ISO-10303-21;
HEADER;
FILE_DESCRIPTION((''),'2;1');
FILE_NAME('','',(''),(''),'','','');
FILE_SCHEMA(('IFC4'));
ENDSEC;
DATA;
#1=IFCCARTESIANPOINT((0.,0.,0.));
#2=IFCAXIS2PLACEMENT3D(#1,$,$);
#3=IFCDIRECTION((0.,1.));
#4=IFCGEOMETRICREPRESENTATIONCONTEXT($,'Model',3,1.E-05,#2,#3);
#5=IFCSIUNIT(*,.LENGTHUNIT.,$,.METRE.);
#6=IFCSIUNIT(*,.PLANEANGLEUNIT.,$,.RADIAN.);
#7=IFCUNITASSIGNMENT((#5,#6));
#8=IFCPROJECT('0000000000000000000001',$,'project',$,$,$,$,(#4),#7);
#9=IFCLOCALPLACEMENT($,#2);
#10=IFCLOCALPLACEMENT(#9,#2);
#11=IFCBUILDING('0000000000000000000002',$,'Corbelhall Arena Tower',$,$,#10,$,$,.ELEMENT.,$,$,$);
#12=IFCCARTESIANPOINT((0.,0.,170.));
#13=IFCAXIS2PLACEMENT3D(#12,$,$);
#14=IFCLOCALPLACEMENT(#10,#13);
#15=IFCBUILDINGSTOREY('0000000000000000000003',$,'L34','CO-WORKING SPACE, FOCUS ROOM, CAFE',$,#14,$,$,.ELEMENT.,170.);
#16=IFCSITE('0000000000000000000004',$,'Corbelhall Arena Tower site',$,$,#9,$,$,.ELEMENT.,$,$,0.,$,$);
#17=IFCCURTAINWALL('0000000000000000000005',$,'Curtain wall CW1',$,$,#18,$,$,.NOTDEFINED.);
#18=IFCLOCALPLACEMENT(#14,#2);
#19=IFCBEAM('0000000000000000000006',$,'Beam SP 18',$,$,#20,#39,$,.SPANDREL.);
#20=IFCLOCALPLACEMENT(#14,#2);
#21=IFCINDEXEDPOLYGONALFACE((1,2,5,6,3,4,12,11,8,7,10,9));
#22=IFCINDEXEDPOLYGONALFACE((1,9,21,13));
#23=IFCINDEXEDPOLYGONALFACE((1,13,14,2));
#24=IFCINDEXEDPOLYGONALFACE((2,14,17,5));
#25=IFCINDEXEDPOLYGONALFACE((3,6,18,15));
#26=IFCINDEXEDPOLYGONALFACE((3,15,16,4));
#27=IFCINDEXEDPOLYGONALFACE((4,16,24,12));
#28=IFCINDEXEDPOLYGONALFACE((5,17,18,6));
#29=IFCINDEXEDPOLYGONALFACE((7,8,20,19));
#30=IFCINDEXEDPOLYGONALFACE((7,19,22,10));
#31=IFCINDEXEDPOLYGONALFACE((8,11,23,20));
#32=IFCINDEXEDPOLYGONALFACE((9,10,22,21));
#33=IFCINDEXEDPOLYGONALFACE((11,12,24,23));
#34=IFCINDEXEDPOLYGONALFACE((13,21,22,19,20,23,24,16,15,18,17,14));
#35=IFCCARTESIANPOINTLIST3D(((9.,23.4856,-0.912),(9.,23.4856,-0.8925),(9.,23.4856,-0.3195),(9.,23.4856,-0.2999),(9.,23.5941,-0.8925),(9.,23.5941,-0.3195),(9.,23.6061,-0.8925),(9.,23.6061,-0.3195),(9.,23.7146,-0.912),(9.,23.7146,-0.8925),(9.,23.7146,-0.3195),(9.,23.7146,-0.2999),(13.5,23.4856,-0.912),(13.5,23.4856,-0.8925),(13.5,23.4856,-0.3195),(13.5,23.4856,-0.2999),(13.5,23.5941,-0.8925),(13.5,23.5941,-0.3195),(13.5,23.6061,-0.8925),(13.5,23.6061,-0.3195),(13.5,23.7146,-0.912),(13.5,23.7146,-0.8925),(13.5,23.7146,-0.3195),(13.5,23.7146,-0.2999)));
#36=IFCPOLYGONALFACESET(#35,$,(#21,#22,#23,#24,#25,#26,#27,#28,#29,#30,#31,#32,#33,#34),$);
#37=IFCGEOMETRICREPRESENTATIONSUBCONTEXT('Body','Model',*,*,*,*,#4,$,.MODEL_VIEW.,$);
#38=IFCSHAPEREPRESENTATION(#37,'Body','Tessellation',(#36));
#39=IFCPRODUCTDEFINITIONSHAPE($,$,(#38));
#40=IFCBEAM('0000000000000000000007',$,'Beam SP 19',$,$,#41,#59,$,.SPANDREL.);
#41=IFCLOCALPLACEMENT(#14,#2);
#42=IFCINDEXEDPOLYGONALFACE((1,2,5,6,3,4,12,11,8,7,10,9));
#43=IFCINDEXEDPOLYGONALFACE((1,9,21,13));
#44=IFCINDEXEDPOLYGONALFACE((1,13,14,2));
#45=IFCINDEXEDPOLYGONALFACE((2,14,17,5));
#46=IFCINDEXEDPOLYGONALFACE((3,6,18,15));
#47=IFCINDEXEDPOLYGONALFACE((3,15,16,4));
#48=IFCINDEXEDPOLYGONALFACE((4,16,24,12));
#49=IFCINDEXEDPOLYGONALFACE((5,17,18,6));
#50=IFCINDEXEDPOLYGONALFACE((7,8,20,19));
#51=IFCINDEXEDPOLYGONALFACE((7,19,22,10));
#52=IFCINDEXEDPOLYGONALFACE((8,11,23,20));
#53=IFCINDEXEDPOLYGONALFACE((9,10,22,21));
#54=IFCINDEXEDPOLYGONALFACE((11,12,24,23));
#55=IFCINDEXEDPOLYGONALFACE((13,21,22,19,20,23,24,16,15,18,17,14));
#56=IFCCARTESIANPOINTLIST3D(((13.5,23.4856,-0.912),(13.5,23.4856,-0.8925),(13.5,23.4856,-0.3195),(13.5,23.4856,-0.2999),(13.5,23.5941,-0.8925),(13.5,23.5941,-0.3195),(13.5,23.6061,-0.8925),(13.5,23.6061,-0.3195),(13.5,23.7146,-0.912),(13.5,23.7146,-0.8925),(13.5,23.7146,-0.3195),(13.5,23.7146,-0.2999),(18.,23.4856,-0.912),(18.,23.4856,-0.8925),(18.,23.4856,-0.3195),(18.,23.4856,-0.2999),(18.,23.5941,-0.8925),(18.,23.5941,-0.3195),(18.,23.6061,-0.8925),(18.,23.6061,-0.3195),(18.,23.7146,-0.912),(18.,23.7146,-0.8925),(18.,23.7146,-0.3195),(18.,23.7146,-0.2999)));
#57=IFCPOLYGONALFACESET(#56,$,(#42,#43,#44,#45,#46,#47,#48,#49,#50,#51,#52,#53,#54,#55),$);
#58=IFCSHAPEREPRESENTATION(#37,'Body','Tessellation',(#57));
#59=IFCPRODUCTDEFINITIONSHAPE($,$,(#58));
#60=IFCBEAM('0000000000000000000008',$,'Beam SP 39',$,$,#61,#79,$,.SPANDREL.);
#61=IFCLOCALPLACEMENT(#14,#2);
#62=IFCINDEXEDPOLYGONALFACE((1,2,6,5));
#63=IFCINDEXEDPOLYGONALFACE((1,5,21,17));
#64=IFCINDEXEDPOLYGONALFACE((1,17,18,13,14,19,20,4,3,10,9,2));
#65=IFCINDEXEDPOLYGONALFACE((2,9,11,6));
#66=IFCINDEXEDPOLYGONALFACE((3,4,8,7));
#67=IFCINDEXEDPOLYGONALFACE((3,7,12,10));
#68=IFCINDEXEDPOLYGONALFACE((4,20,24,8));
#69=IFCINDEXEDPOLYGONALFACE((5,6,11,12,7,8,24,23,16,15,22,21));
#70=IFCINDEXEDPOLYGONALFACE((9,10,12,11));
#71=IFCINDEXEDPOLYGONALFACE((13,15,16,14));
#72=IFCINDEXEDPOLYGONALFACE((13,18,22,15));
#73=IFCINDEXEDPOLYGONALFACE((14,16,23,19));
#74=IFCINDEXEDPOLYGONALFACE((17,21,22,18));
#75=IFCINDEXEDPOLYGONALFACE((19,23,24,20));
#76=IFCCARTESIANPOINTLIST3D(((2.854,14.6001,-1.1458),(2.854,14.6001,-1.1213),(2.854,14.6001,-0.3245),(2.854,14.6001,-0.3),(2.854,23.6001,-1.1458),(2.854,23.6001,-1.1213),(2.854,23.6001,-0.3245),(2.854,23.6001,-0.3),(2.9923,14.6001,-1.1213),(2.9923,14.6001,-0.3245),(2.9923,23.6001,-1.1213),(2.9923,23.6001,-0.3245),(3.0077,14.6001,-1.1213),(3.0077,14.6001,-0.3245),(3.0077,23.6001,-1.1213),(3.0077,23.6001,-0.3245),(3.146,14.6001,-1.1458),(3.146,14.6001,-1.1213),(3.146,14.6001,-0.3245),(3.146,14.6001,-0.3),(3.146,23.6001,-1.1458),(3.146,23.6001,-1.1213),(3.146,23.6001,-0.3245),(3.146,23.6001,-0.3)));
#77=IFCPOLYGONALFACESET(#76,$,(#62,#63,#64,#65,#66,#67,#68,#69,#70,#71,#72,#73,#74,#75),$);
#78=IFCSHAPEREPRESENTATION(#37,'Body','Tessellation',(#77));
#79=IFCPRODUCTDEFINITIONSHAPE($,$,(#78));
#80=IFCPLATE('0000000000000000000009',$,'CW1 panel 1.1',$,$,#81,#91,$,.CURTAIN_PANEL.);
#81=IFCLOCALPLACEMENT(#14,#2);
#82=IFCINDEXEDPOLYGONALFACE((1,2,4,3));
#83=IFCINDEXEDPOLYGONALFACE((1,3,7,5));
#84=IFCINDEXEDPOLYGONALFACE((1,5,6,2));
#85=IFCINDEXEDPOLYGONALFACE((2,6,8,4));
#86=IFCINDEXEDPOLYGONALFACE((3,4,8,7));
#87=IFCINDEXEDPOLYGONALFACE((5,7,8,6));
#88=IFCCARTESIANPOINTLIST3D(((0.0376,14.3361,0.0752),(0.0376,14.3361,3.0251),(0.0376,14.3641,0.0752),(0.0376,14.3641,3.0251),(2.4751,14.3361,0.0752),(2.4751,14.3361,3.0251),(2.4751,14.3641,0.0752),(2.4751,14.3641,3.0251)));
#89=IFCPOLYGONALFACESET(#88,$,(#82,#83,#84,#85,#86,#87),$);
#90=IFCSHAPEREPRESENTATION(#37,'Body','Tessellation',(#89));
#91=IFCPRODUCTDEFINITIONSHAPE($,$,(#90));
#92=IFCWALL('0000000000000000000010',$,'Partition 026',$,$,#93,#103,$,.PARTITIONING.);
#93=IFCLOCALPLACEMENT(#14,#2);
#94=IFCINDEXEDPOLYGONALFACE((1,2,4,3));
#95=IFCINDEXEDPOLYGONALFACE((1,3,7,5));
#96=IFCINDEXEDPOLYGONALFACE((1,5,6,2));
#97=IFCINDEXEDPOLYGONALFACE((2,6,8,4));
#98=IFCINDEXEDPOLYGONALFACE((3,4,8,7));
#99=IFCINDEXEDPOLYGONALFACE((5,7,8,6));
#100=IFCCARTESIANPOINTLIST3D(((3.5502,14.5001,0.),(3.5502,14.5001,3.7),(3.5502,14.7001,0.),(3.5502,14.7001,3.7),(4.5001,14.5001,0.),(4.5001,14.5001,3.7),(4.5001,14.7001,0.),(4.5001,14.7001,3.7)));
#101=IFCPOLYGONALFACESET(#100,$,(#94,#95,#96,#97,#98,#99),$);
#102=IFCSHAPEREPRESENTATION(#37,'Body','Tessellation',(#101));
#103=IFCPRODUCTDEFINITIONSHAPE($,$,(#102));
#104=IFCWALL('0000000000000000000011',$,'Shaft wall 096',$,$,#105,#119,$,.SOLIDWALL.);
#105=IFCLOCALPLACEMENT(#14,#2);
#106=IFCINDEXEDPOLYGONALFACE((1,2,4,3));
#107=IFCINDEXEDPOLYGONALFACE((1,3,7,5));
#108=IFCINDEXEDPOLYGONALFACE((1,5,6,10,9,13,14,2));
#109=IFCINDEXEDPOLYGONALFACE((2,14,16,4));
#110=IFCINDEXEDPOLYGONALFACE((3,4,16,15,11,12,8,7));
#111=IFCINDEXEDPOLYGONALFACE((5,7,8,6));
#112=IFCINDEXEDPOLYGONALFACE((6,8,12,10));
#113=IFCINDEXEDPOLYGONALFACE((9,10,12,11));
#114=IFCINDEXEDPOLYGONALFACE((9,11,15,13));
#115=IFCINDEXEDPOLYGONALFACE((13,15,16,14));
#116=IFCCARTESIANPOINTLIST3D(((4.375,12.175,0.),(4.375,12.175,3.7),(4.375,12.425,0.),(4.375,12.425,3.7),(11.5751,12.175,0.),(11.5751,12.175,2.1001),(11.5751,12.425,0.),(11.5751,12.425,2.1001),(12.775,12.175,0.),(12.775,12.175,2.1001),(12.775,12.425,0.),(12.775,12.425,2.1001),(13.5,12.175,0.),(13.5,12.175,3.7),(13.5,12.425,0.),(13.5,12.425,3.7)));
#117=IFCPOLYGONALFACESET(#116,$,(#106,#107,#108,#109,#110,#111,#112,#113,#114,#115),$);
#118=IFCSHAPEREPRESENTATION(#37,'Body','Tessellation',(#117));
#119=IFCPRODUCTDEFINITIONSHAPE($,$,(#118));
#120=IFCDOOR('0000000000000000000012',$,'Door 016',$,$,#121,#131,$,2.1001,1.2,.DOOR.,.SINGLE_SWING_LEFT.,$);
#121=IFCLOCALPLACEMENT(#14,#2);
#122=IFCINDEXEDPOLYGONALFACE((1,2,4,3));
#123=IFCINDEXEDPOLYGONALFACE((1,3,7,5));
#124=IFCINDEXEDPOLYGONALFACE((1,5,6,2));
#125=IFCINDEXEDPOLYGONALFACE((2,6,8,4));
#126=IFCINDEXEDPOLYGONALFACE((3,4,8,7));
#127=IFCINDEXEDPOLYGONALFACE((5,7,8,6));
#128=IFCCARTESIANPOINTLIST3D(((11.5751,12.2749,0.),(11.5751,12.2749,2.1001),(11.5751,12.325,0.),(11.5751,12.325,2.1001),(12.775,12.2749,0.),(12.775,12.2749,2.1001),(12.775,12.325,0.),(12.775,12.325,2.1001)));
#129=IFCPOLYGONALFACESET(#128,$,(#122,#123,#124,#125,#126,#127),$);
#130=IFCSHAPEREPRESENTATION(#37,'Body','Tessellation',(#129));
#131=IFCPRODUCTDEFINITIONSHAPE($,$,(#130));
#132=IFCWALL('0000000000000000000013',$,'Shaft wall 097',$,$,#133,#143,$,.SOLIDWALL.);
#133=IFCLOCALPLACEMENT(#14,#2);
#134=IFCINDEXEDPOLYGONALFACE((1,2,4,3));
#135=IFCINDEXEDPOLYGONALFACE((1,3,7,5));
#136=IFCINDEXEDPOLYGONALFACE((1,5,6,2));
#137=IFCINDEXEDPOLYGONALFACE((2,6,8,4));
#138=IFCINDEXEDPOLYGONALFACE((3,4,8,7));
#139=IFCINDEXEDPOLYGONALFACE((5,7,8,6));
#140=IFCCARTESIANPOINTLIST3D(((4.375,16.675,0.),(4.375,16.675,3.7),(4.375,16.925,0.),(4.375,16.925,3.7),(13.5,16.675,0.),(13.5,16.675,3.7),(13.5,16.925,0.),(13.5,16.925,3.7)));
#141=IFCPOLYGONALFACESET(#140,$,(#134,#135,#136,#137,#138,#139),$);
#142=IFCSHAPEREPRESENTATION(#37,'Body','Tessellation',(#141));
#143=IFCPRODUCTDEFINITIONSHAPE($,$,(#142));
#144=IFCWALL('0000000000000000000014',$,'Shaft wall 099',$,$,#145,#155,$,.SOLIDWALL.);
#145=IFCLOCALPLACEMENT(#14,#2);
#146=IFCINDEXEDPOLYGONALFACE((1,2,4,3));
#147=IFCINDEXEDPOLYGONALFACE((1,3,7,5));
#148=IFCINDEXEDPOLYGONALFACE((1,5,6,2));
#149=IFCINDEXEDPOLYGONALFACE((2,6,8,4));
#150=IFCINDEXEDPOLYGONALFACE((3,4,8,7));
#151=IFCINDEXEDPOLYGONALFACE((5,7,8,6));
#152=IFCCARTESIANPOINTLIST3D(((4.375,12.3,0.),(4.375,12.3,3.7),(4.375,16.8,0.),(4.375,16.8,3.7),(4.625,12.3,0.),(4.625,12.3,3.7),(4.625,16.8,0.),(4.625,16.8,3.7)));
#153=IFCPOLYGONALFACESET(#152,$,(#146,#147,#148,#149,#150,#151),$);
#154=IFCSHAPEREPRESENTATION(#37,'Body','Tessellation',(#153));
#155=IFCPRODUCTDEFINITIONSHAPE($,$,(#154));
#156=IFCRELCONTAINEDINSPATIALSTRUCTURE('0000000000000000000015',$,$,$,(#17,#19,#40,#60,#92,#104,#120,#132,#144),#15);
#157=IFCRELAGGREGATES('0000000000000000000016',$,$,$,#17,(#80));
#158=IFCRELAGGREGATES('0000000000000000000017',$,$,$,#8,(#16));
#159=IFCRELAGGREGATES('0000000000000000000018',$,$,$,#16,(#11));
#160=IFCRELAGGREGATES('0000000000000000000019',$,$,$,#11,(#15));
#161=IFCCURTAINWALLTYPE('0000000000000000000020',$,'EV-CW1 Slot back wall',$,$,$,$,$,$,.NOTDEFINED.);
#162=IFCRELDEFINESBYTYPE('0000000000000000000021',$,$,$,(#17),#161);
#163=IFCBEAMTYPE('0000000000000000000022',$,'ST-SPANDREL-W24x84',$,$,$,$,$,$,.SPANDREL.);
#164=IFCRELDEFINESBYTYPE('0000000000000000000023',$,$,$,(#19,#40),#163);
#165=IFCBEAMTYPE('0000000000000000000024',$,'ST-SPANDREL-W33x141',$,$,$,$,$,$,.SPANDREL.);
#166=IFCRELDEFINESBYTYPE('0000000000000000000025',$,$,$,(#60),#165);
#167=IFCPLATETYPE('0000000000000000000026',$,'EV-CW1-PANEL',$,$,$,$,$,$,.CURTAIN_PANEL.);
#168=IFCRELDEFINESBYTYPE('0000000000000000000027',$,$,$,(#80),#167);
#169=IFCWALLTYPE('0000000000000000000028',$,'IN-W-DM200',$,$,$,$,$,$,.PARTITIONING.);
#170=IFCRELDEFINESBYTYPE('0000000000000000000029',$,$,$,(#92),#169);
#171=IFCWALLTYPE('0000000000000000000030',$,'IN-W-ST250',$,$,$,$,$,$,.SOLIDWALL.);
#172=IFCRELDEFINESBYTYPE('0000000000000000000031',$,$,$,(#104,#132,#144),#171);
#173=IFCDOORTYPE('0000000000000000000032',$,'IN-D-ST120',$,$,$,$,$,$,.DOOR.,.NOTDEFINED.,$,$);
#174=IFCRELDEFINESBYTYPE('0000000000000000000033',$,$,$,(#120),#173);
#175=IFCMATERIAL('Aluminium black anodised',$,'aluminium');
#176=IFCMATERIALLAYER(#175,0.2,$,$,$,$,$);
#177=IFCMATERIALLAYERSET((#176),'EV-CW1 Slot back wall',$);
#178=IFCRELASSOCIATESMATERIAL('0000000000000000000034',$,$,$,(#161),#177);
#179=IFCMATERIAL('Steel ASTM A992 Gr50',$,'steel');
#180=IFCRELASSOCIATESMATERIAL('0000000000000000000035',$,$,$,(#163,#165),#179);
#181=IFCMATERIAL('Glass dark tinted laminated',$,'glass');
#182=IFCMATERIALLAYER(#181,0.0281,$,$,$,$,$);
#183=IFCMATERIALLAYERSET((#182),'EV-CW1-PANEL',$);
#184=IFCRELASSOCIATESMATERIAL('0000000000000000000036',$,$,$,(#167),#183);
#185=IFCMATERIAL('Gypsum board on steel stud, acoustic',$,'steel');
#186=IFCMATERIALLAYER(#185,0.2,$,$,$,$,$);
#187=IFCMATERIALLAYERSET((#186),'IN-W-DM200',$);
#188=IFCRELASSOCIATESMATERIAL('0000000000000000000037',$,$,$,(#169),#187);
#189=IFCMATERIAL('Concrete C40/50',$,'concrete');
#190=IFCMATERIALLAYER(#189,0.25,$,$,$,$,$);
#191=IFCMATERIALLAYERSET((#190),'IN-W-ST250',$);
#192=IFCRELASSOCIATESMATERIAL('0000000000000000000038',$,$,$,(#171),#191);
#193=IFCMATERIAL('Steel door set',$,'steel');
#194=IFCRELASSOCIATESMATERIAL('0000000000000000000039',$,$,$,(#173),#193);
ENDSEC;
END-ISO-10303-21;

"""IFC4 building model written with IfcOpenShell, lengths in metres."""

from ifc_helpers import new_model, si_unit, direction, frame, frame_2d, origin, origin_2d, place, context, subcontext, project, spatial, rectangle, i_section, extrude, material, layer, layer_set, material_profile, profile_set, type_object, element, fill, aggregate, save


model = new_model("IFC4")

# Units and contexts
model_context = context("Model", 3, precision=1e-05, world=origin(), true_north=direction((0.0, 1.0)))
body_context = subcontext(model_context, "Body", "Model", "MODEL_VIEW")
ifc_project = project(units=[si_unit("LENGTHUNIT", "METRE"), si_unit("PLANEANGLEUNIT", "RADIAN")], contexts=[model_context])

# Site, building, storey
site_placement = place(None, origin())
site = spatial("IfcSite", under=ifc_project, at=site_placement, Name="Corbelhall Arena Tower site", CompositionType="ELEMENT", RefElevation=0.0)
building_placement = place(site_placement, origin())
building = spatial("IfcBuilding", under=site, at=building_placement, Name="Corbelhall Arena Tower", CompositionType="ELEMENT")
storey_placement = place(building_placement, frame((0.0, 0.0, 170.0)))
storey = spatial("IfcBuildingStorey", under=building, at=storey_placement, Name="L34", Description="CO-WORKING SPACE, FOCUS ROOM, CAFE", CompositionType="ELEMENT", Elevation=170.0)

# Curtain wall
ifc_material_1 = material(Name="Aluminium black anodised", Category="aluminium")
ifc_layer_1 = layer(ifc_material_1, 0.2)
ifc_layer_set_1 = layer_set([ifc_layer_1], Name="EV-CW1 Slot back wall")
curtain_wall_type = type_object("IfcCurtainWallType", Name="EV-CW1 Slot back wall", PredefinedType="NOTDEFINED", material=ifc_layer_set_1)
curtain_wall_placement = place(storey_placement, origin())
curtain_wall = element("IfcCurtainWall", 1, at=curtain_wall_placement, inside=storey, type_object=curtain_wall_type, Name="Curtain wall CW1", PredefinedType="NOTDEFINED")

# Beams
ifc_material_2 = material(Name="Steel ASTM A992 Gr50", Category="steel")
ifc_material_profile_1 = material_profile(ifc_material_2, i_section(OverallWidth=0.229, OverallDepth=0.6121, WebThickness=0.012, FlangeThickness=0.0195, at=origin_2d()))
ifc_profile_set_1 = profile_set([ifc_material_profile_1], Name="Steel ASTM A992 Gr50")
beam_type_1 = type_object("IfcBeamType", Name="ST-SPANDREL-W24x84", PredefinedType="SPANDREL", material=ifc_profile_set_1)
for number, where, z_axis, x_axis, name in (
    (2, (9.0, 23.6001, -0.606), (1.0, 0.0, 0.0), (0.0, 1.0, 0.0), "Beam SP 18"),
    (3, (13.5, 23.6001, -0.606), (1.0, 0.0, 0.0), (0.0, 1.0, 0.0), "Beam SP 19"),
):
    element("IfcBeam", number, at=place(storey_placement, frame(where, z_axis=z_axis, x_axis=x_axis)), inside=storey, type_object=beam_type_1, Name=name, PredefinedType="SPANDREL", context=body_context, shape_type="SweptSolid", body=[
        extrude(i_section(OverallWidth=0.229, OverallDepth=0.6121, WebThickness=0.012, FlangeThickness=0.0195, at=origin_2d()), origin(), (0.0, 0.0, 1.0), 4.5),
    ])
ifc_material_profile_2 = material_profile(ifc_material_2, i_section(OverallWidth=0.292, OverallDepth=0.8457, WebThickness=0.0154, FlangeThickness=0.0244, at=origin_2d()))
ifc_profile_set_2 = profile_set([ifc_material_profile_2], Name="Steel ASTM A992 Gr50")
beam_type_2 = type_object("IfcBeamType", Name="ST-SPANDREL-W33x141", PredefinedType="SPANDREL", material=ifc_profile_set_2)
beam_1_placement = place(storey_placement, frame((3.0, 14.6001, -0.7229), z_axis=(0.0, 1.0, 0.0), x_axis=(-1.0, 0.0, 0.0)))
element("IfcBeam", 4, at=beam_1_placement, inside=storey, type_object=beam_type_2, Name="Beam SP 39", PredefinedType="SPANDREL", context=body_context, shape_type="SweptSolid", body=[
    extrude(i_section(OverallWidth=0.292, OverallDepth=0.8457, WebThickness=0.0154, FlangeThickness=0.0244, at=origin_2d()), origin(), (0.0, 0.0, 1.0), 9.0),
])

# Plate
ifc_material_3 = material(Name="Glass dark tinted laminated", Category="glass")
ifc_layer_2 = layer(ifc_material_3, 0.0281)
ifc_layer_set_2 = layer_set([ifc_layer_2], Name="EV-CW1-PANEL")
plate_type = type_object("IfcPlateType", Name="EV-CW1-PANEL", PredefinedType="CURTAIN_PANEL", material=ifc_layer_set_2)
plate_placement = place(storey_placement, frame((1.2563, 14.3501, 0.0752), z_axis=(0.0, 0.0, 1.0), x_axis=(-1.0, 0.0, 0.0)))
plate = element("IfcPlate", 5, at=plate_placement, type_object=plate_type, Name="CW1 panel 1.1", PredefinedType="CURTAIN_PANEL", context=body_context, shape_type="SweptSolid", body=[
    extrude(rectangle(XDim=2.4375, YDim=0.0281, at=origin_2d()), origin(), (0.0, 0.0, 1.0), 2.95),
])
aggregate(curtain_wall, [plate])

# Wall
ifc_material_4 = material(Name="Gypsum board on steel stud, acoustic", Category="steel")
ifc_layer_3 = layer(ifc_material_4, 0.2)
ifc_layer_set_3 = layer_set([ifc_layer_3], Name="IN-W-DM200")
wall_type_1 = type_object("IfcWallType", Name="IN-W-DM200", PredefinedType="PARTITIONING", material=ifc_layer_set_3)
wall_1_placement = place(storey_placement, frame((3.55, 14.6001, 0.0), z_axis=(0.0, 0.0, 1.0), x_axis=(1.0, 0.0, 0.0)))
element("IfcWall", 6, at=wall_1_placement, inside=storey, type_object=wall_type_1, Name="Partition 026", PredefinedType="PARTITIONING", context=body_context, shape_type="SweptSolid", body=[
    extrude(rectangle(XDim=0.95, YDim=0.2, at=frame_2d((0.4751, 0.0))), origin(), (0.0, 0.0, 1.0), 3.7),
])

# Wall, opening, door
ifc_material_5 = material(Name="Steel door set", Category="steel")
ifc_material_6 = material(Name="Concrete C40/50", Category="concrete")
ifc_layer_4 = layer(ifc_material_6, 0.25)
ifc_layer_set_4 = layer_set([ifc_layer_4], Name="IN-W-ST250")
wall_type_2 = type_object("IfcWallType", Name="IN-W-ST250", PredefinedType="SOLIDWALL", material=ifc_layer_set_4)
wall_2_placement = place(storey_placement, frame((4.375, 12.3, 0.0), z_axis=(0.0, 0.0, 1.0), x_axis=(1.0, 0.0, 0.0)))
wall_2 = element("IfcWall", 7, at=wall_2_placement, inside=storey, type_object=wall_type_2, Name="Shaft wall 096", PredefinedType="SOLIDWALL", context=body_context, shape_type="SweptSolid", body=[
    extrude(rectangle(XDim=9.125, YDim=0.25, at=frame_2d((4.5625, 0.0))), origin(), (0.0, 0.0, 1.0), 3.7),
])
opening_1_placement = place(wall_2_placement, frame((7.2, 0.0, 0.0)))
opening_1 = element("IfcOpeningElement", 8, at=opening_1_placement, cuts=wall_2, PredefinedType="OPENING", context=body_context, shape_type="SweptSolid", body=[
    extrude(rectangle(XDim=1.2, YDim=2.1001, at=frame_2d((0.6001, 1.05))), frame((0.0, 0.125, 0.0), z_axis=(0.0, -1.0, 0.0), x_axis=(1.0, 0.0, 0.0)), (0.0, 0.0, 1.0), 0.25),
])
door_type_1 = type_object("IfcDoorType", Name="IN-D-ST120", OperationType="NOTDEFINED", PredefinedType="DOOR", material=ifc_material_5)
door_1_placement = place(opening_1_placement, origin())
door_1 = element("IfcDoor", 9, at=door_1_placement, inside=storey, type_object=door_type_1, Name="Door 016", OperationType="SINGLE_SWING_LEFT", OverallHeight=2.1001, OverallWidth=1.2, PredefinedType="DOOR", context=body_context, shape_type="SweptSolid", body=[
    extrude(rectangle(XDim=1.2, YDim=2.1001, at=frame_2d((0.6001, 1.05))), frame((0.0, 0.0249, 0.0), z_axis=(0.0, -1.0, 0.0), x_axis=(1.0, 0.0, 0.0)), (0.0, 0.0, 1.0), 0.05),
])
fill(opening_1, door_1)

# Walls
wall_3_placement = place(storey_placement, frame((4.375, 16.8, 0.0), z_axis=(0.0, 0.0, 1.0), x_axis=(1.0, 0.0, 0.0)))
element("IfcWall", 10, at=wall_3_placement, inside=storey, type_object=wall_type_2, Name="Shaft wall 097", PredefinedType="SOLIDWALL", context=body_context, shape_type="SweptSolid", body=[
    extrude(rectangle(XDim=9.125, YDim=0.25, at=frame_2d((4.5625, 0.0))), origin(), (0.0, 0.0, 1.0), 3.7),
])
wall_4_placement = place(storey_placement, frame((4.5, 12.3, 0.0), z_axis=(0.0, 0.0, 1.0), x_axis=(0.0, 1.0, 0.0)))
element("IfcWall", 11, at=wall_4_placement, inside=storey, type_object=wall_type_2, Name="Shaft wall 099", PredefinedType="SOLIDWALL", context=body_context, shape_type="SweptSolid", body=[
    extrude(rectangle(XDim=4.5, YDim=0.25, at=frame_2d((2.25, 0.0))), origin(), (0.0, 0.0, 1.0), 3.7),
])

save(model, "model.ifc")
